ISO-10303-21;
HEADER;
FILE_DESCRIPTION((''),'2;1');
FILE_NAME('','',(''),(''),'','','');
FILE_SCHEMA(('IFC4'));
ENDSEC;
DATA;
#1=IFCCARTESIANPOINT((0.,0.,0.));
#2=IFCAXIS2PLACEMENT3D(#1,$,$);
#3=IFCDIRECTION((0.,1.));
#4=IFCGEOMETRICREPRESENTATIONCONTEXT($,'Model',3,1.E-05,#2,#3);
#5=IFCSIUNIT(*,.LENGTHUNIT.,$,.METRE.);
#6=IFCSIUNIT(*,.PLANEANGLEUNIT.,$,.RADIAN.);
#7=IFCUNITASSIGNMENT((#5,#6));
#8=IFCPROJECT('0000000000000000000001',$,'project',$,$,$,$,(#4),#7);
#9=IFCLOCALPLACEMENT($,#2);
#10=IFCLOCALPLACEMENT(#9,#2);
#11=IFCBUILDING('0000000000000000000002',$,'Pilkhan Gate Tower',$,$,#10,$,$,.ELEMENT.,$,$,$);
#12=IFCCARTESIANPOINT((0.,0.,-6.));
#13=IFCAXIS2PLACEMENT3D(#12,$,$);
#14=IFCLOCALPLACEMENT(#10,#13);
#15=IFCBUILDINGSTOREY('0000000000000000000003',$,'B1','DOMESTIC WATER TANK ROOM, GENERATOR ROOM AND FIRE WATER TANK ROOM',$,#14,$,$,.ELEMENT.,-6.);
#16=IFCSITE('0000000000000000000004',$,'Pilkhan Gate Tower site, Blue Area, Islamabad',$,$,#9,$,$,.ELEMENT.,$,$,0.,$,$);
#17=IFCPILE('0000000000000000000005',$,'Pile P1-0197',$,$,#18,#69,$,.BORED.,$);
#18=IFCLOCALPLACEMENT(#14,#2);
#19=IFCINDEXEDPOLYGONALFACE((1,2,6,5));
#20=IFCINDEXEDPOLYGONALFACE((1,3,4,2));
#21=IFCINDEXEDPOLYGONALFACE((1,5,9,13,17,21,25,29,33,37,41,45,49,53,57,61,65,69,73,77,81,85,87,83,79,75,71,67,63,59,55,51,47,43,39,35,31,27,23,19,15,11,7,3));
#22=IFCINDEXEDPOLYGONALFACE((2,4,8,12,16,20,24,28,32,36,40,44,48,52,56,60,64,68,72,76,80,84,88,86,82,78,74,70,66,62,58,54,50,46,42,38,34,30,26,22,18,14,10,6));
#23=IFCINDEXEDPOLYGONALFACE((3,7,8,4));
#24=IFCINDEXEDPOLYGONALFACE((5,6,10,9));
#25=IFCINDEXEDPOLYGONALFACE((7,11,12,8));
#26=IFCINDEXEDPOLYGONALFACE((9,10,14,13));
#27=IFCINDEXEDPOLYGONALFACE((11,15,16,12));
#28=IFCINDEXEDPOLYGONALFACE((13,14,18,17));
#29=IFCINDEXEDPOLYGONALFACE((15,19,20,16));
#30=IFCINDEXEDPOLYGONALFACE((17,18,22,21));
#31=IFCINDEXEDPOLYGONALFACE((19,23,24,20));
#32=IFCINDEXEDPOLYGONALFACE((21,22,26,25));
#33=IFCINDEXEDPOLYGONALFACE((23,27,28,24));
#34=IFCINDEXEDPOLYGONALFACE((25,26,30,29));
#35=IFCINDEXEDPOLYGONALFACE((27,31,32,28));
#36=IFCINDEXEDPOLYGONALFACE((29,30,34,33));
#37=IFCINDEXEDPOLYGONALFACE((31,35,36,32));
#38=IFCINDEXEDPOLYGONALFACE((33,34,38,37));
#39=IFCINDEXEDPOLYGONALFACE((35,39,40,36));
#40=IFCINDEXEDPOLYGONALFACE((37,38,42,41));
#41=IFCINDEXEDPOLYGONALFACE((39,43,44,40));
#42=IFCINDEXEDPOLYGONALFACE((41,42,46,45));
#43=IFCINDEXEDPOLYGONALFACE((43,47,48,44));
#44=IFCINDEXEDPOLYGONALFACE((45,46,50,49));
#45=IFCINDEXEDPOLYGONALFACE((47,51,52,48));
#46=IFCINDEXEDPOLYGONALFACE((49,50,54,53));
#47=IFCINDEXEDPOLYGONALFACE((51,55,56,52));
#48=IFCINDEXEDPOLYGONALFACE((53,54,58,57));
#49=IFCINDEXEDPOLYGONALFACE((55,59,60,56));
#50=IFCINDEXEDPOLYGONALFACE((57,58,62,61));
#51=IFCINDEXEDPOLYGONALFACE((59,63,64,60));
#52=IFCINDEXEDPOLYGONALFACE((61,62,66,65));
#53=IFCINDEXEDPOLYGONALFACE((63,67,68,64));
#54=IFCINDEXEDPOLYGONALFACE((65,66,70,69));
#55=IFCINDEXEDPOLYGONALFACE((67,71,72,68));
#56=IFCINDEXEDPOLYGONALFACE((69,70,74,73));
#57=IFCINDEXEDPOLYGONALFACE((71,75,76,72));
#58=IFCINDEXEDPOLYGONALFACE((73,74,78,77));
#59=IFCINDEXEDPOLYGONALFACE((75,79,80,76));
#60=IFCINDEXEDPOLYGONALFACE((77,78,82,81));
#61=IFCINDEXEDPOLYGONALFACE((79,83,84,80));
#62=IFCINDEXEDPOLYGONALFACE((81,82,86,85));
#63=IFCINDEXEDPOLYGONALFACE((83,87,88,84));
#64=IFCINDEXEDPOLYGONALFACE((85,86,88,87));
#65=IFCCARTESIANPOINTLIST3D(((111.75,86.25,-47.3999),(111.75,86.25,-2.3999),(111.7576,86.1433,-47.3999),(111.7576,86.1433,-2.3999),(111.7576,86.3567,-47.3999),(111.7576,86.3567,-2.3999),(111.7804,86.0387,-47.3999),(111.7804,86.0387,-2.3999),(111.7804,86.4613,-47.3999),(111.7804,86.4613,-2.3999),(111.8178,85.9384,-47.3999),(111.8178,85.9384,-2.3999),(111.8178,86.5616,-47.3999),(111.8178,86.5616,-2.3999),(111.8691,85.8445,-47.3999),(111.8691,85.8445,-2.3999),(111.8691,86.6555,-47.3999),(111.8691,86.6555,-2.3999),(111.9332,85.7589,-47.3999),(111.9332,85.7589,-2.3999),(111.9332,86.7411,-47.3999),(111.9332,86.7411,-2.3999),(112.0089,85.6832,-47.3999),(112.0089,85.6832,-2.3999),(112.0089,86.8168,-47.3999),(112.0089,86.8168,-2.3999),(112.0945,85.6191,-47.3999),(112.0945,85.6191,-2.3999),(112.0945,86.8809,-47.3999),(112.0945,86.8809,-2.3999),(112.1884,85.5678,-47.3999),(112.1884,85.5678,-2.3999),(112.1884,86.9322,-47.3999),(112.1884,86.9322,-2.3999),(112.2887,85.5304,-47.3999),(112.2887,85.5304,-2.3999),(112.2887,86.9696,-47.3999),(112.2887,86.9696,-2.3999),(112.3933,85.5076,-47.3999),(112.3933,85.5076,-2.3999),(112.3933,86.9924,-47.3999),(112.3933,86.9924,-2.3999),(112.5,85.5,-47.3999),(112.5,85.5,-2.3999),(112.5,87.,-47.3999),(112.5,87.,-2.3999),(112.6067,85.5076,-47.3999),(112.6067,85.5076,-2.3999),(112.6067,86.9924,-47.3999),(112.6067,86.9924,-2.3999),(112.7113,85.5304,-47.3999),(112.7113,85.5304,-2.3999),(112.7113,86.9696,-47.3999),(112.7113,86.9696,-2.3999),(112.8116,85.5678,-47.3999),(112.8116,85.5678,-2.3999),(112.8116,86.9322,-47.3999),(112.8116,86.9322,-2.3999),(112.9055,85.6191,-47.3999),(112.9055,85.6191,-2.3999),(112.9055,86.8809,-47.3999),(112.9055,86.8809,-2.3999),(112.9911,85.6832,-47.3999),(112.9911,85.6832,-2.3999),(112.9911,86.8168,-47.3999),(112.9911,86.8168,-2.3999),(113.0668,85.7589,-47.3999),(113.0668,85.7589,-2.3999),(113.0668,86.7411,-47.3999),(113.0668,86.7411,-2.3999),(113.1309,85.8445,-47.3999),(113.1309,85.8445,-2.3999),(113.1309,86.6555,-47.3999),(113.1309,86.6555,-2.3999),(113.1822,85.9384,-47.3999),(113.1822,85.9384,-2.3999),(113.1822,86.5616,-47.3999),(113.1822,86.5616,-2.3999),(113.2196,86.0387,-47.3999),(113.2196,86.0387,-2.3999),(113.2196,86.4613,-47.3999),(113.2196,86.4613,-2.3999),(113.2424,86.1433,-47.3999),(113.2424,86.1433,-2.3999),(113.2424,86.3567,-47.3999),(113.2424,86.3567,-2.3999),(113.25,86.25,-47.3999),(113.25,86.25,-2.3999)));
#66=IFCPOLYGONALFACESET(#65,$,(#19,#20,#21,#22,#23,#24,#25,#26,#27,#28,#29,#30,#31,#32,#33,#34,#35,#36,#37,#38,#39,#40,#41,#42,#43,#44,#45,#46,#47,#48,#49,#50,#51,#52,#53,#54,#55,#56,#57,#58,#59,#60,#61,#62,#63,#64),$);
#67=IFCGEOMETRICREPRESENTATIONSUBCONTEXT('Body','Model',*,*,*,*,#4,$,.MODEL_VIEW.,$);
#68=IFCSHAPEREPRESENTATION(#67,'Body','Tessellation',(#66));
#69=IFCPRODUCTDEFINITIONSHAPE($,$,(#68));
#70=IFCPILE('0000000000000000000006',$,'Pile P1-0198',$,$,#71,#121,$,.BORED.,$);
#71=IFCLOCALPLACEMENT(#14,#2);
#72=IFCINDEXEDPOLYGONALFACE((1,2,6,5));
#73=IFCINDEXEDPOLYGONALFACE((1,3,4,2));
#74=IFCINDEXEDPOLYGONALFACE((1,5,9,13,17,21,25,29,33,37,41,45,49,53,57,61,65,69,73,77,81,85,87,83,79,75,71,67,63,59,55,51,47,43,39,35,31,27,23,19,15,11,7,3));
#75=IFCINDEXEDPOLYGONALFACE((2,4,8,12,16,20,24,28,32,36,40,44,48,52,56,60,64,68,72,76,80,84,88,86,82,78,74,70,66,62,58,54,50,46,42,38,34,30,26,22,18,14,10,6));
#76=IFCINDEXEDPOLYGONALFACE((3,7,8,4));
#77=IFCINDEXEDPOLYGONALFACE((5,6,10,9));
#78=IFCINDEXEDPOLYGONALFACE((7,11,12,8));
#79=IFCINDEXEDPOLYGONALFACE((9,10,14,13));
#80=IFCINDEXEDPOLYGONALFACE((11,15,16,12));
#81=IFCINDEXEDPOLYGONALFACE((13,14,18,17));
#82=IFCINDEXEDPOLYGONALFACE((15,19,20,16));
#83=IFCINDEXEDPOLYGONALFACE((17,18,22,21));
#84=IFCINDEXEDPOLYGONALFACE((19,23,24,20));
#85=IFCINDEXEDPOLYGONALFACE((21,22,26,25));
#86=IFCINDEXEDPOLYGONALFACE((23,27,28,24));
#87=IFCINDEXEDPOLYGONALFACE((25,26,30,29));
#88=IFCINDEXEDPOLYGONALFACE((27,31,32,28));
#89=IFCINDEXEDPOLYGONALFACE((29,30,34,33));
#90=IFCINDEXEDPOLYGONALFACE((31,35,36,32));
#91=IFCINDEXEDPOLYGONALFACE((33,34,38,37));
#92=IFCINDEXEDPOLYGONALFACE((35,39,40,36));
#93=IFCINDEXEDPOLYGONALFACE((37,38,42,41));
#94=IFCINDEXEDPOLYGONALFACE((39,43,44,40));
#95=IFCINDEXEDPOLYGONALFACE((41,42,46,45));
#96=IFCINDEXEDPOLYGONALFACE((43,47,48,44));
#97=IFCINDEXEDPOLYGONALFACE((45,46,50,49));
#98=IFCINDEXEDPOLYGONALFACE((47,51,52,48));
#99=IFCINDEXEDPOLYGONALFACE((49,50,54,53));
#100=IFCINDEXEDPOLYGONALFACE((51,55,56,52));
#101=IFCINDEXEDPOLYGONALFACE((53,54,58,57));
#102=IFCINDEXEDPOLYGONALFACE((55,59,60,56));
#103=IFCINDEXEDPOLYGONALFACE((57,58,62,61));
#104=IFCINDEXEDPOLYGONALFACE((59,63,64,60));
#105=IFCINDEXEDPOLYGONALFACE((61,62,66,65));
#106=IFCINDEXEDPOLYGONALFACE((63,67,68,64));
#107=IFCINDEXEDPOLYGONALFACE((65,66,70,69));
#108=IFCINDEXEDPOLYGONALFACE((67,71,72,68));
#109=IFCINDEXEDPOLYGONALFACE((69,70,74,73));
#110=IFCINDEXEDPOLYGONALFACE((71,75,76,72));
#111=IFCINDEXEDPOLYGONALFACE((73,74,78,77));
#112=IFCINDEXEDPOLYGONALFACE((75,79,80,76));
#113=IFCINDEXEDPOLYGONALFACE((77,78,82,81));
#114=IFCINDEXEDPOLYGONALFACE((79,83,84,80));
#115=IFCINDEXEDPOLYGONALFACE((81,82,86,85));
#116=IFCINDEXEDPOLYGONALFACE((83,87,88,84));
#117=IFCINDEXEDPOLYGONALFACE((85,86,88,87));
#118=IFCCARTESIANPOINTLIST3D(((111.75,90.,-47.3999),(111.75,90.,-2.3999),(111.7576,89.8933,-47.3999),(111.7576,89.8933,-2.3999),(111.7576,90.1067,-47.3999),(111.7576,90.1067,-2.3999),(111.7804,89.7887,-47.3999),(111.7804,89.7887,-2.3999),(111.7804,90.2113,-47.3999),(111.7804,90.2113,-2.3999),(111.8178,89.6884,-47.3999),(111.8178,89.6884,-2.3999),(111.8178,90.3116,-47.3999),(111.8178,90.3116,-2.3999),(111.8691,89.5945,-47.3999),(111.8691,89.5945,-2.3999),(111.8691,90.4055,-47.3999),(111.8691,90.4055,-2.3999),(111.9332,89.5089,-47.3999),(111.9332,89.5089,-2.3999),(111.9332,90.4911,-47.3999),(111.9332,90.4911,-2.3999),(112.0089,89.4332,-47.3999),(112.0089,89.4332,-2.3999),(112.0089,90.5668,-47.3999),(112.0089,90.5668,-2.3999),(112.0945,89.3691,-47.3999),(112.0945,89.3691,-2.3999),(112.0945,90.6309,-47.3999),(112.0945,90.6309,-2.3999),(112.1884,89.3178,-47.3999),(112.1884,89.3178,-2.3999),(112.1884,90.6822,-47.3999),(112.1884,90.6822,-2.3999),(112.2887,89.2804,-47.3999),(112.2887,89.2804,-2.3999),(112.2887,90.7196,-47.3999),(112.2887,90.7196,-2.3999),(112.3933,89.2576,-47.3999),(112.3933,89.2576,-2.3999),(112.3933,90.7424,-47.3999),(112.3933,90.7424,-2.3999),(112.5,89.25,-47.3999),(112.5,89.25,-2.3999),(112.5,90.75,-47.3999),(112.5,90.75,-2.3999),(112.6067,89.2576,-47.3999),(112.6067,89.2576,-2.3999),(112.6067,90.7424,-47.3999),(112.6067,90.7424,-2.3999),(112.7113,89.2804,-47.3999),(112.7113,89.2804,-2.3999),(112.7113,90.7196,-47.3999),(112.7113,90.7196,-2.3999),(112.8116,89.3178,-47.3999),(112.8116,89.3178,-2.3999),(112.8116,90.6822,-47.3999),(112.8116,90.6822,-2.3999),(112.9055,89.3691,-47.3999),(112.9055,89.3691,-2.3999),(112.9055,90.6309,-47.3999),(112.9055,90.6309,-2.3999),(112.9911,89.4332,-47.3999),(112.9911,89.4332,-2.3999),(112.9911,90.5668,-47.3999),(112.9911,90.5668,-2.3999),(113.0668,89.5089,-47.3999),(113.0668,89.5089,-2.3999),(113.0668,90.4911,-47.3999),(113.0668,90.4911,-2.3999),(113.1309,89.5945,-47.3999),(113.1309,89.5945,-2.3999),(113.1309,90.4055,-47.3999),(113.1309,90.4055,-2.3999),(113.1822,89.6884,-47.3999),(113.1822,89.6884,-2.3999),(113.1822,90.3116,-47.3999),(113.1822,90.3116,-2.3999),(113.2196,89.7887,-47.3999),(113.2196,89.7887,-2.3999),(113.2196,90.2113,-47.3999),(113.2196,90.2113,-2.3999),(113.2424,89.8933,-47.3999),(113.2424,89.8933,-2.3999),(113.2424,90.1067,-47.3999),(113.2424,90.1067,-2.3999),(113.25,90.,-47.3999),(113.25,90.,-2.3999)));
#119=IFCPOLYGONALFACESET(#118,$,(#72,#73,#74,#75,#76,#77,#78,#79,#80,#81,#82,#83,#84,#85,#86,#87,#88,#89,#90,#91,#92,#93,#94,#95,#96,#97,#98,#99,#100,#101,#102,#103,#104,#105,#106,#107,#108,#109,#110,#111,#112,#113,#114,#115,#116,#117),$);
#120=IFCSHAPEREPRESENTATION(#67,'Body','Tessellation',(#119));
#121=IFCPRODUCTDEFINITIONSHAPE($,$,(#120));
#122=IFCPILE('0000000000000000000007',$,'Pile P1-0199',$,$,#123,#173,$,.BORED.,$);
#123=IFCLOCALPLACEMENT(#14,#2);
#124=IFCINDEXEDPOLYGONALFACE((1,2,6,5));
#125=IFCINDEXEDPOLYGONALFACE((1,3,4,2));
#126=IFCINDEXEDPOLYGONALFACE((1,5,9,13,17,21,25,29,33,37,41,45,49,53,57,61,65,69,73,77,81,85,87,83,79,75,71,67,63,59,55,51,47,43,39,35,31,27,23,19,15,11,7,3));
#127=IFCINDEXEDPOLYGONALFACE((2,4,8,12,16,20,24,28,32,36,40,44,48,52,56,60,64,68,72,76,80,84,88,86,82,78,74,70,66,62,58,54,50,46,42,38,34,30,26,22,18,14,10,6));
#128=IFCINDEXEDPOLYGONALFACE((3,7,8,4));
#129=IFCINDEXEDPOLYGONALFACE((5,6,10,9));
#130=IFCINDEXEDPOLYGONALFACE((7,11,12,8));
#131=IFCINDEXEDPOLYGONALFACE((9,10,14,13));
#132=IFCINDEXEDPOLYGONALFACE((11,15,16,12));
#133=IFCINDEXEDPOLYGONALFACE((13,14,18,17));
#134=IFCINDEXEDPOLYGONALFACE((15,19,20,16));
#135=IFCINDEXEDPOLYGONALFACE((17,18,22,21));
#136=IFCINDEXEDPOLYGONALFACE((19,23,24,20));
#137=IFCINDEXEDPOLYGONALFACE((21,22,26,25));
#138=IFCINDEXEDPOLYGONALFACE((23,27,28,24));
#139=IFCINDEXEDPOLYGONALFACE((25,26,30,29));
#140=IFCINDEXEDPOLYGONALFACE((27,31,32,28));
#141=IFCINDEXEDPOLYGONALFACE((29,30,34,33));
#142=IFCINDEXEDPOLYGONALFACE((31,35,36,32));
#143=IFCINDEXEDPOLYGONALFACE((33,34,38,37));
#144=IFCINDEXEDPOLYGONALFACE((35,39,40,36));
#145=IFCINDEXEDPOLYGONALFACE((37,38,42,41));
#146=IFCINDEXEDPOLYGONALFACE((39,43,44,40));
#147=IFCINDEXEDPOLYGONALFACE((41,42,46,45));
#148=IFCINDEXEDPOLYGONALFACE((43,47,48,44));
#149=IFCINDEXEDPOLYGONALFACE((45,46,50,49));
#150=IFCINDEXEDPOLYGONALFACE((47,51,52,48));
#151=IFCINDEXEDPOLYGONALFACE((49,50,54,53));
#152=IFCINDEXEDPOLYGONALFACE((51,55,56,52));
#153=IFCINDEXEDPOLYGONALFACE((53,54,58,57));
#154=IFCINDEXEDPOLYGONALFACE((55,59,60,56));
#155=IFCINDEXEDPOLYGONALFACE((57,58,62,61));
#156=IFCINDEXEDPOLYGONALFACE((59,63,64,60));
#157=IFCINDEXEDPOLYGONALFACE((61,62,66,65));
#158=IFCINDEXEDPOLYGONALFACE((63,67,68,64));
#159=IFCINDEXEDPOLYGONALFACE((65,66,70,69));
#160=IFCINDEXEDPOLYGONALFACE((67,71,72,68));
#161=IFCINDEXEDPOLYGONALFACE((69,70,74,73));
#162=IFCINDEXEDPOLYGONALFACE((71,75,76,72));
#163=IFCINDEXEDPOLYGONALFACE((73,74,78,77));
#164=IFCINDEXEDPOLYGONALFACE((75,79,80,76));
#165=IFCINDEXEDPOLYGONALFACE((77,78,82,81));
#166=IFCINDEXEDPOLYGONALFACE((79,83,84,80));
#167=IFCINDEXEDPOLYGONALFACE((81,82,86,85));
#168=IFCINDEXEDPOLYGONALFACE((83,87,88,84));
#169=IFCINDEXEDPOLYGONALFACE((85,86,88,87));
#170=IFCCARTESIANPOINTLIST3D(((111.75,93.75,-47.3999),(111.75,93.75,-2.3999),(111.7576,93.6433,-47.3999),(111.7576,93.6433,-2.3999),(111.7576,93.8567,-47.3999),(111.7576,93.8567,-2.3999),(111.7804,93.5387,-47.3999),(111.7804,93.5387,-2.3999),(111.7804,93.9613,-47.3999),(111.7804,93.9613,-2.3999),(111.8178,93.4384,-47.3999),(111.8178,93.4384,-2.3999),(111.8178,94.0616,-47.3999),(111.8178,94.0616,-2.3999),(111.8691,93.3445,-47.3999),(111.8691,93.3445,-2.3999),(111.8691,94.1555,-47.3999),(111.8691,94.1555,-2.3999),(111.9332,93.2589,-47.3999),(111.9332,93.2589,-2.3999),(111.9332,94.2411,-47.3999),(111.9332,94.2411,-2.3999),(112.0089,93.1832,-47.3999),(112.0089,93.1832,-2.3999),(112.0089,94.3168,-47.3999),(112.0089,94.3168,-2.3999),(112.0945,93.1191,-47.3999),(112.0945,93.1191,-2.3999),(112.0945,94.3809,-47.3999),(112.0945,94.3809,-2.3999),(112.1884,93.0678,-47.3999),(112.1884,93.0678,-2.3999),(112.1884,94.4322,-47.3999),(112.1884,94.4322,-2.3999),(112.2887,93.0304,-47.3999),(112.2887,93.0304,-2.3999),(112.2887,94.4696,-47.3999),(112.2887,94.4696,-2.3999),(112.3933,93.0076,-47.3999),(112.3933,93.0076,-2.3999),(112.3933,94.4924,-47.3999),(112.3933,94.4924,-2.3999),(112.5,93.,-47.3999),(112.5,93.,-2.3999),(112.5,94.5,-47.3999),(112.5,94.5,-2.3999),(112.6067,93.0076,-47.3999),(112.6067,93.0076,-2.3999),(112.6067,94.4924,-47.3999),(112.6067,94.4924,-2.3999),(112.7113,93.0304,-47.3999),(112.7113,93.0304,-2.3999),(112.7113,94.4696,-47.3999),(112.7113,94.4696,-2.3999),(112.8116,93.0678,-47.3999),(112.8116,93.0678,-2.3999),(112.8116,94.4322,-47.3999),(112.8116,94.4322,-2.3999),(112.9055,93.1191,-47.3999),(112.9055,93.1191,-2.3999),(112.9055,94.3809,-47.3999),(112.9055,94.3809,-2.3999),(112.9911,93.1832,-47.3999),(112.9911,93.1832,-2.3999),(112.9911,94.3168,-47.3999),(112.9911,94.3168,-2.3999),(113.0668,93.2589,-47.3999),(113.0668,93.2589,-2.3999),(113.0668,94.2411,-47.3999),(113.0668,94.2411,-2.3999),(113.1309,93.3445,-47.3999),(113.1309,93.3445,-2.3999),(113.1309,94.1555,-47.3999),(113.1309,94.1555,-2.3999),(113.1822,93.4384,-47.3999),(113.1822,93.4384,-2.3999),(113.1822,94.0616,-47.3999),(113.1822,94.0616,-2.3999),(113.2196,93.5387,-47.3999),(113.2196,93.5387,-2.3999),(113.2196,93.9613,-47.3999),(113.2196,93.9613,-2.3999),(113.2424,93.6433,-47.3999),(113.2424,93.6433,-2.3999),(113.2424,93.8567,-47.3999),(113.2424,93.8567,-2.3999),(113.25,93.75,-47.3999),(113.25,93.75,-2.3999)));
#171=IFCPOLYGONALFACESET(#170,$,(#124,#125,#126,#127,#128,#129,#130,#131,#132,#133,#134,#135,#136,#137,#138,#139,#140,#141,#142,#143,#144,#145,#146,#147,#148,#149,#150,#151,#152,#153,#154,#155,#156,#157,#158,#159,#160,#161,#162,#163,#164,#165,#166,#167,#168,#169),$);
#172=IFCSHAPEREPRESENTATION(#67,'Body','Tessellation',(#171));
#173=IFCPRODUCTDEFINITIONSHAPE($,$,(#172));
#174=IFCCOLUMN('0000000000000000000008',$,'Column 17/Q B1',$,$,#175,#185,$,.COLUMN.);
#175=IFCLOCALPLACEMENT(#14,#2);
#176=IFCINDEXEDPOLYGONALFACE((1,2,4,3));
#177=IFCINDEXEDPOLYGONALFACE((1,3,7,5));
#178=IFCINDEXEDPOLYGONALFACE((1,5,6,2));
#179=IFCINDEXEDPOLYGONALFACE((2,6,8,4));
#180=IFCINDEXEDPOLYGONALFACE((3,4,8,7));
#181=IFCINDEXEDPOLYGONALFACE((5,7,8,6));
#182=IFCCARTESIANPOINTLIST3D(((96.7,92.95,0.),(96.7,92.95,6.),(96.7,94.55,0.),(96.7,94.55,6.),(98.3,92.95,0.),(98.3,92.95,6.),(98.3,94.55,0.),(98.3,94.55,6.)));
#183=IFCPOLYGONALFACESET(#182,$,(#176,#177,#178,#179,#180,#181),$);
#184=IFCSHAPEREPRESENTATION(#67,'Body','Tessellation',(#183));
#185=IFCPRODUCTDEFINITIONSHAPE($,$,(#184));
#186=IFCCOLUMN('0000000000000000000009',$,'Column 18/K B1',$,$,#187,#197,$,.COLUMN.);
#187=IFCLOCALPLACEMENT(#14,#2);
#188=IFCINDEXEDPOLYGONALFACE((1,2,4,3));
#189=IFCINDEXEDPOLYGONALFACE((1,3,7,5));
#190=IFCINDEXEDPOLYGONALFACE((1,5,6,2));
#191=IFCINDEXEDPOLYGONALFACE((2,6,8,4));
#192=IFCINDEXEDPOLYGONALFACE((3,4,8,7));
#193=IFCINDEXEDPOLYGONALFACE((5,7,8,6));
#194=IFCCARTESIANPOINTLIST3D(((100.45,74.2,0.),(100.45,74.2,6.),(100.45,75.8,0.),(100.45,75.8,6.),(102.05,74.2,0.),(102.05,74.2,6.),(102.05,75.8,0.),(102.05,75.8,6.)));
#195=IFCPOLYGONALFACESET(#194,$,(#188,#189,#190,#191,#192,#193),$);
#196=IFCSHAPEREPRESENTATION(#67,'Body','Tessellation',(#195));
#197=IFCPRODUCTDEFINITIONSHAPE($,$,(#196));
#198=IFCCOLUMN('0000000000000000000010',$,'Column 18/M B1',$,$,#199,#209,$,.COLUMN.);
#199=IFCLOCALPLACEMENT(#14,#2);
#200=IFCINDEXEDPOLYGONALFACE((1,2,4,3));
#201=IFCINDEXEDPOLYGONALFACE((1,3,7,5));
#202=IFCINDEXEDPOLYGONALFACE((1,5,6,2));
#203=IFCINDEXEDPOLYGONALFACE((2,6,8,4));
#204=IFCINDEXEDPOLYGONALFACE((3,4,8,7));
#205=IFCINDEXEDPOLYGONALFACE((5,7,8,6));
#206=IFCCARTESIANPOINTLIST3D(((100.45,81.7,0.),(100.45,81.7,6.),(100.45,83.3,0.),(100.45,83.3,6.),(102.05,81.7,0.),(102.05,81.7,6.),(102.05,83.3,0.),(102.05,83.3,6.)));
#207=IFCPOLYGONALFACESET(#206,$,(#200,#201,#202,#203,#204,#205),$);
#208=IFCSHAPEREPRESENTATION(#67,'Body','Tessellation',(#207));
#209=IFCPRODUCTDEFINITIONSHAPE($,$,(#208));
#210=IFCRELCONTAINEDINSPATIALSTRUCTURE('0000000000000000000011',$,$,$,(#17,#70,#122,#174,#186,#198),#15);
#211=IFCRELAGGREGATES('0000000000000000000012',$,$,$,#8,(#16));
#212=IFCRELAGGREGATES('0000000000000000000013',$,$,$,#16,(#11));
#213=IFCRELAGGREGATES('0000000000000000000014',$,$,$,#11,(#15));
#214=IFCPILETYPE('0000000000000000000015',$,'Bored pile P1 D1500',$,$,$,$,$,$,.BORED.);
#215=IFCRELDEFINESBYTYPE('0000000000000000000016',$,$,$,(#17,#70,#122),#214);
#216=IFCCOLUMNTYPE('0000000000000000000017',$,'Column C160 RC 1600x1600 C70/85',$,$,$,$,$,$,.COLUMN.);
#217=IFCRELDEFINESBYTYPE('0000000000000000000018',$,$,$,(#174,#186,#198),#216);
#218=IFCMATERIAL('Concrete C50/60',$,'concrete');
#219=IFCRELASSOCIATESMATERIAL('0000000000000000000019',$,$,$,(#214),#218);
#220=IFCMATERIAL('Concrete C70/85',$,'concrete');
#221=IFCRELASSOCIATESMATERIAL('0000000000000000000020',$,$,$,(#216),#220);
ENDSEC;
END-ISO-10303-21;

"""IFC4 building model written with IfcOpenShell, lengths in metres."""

from ifc_helpers import new_model, si_unit, direction, frame, origin, origin_2d, place, context, subcontext, project, spatial, rectangle, circle, extrude, material, material_profile, profile_set, type_object, element, save


model = new_model("IFC4")

# Units and contexts
model_context = context("Model", 3, precision=1e-05, world=origin(), true_north=direction((0.0, 1.0)))
body_context = subcontext(model_context, "Body", "Model", "MODEL_VIEW")
ifc_project = project(units=[si_unit("LENGTHUNIT", "METRE"), si_unit("PLANEANGLEUNIT", "RADIAN")], contexts=[model_context])

# Site, building, storey
site_placement = place(None, origin())
site = spatial("IfcSite", under=ifc_project, at=site_placement, Name="Pilkhan Gate Tower site, Blue Area, Islamabad", CompositionType="ELEMENT", RefElevation=0.0)
building_placement = place(site_placement, origin())
building = spatial("IfcBuilding", under=site, at=building_placement, Name="Pilkhan Gate Tower", CompositionType="ELEMENT")
storey_placement = place(building_placement, frame((0.0, 0.0, -6.0)))
storey = spatial("IfcBuildingStorey", under=building, at=storey_placement, Name="B1", Description="DOMESTIC WATER TANK ROOM, GENERATOR ROOM AND FIRE WATER TANK ROOM", CompositionType="ELEMENT", Elevation=-6.0)

# Piles
ifc_material_1 = material(Name="Concrete C50/60", Category="concrete")
ifc_material_profile_1 = material_profile(ifc_material_1, circle(Radius=0.75, at=origin_2d()), Name="Bored pile 1500 dia")
ifc_profile_set_1 = profile_set([ifc_material_profile_1], Name="Concrete C50/60")
pile_type = type_object("IfcPileType", Name="Bored pile P1 D1500", PredefinedType="BORED", material=ifc_profile_set_1)
for number, where, z_axis, x_axis, name in (
    (1, (112.5, 86.25, -2.3999), (0.0, 0.0, -1.0), (1.0, 0.0, 0.0), "Pile P1-0197"),
    (2, (112.5, 90.0, -2.3999), (0.0, 0.0, -1.0), (1.0, 0.0, 0.0), "Pile P1-0198"),
    (3, (112.5, 93.75, -2.3999), (0.0, 0.0, -1.0), (1.0, 0.0, 0.0), "Pile P1-0199"),
):
    element("IfcPile", number, at=place(storey_placement, frame(where, z_axis=z_axis, x_axis=x_axis)), inside=storey, type_object=pile_type, Name=name, PredefinedType="BORED", context=body_context, shape_type="SweptSolid", body=[
        extrude(circle(Radius=0.75, at=origin_2d()), origin(), (0.0, 0.0, 1.0), 45.0),
    ])

# Columns
ifc_material_2 = material(Name="Concrete C70/85", Category="concrete")
ifc_material_profile_2 = material_profile(ifc_material_2, rectangle(XDim=1.6001, YDim=1.6001, at=origin_2d()), Name="RC 1600x1600")
ifc_profile_set_2 = profile_set([ifc_material_profile_2], Name="Concrete C70/85")
column_type = type_object("IfcColumnType", Name="Column C160 RC 1600x1600 C70/85", PredefinedType="COLUMN", material=ifc_profile_set_2)
for number, where, z_axis, x_axis, name in (
    (4, (97.5, 93.75, 0.0), (0.0, 0.0, 1.0), (1.0, 0.0, 0.0), "Column 17/Q B1"),
    (5, (101.25, 75.0, 0.0), (0.0, 0.0, 1.0), (1.0, 0.0, 0.0), "Column 18/K B1"),
    (6, (101.25, 82.5, 0.0), (0.0, 0.0, 1.0), (1.0, 0.0, 0.0), "Column 18/M B1"),
):
    element("IfcColumn", number, at=place(storey_placement, frame(where, z_axis=z_axis, x_axis=x_axis)), inside=storey, type_object=column_type, Name=name, PredefinedType="COLUMN", context=body_context, shape_type="SweptSolid", body=[
        extrude(rectangle(XDim=1.6001, YDim=1.6001, at=origin_2d()), origin(), (0.0, 0.0, 1.0), 6.0),
    ])

save(model, "model.ifc")
